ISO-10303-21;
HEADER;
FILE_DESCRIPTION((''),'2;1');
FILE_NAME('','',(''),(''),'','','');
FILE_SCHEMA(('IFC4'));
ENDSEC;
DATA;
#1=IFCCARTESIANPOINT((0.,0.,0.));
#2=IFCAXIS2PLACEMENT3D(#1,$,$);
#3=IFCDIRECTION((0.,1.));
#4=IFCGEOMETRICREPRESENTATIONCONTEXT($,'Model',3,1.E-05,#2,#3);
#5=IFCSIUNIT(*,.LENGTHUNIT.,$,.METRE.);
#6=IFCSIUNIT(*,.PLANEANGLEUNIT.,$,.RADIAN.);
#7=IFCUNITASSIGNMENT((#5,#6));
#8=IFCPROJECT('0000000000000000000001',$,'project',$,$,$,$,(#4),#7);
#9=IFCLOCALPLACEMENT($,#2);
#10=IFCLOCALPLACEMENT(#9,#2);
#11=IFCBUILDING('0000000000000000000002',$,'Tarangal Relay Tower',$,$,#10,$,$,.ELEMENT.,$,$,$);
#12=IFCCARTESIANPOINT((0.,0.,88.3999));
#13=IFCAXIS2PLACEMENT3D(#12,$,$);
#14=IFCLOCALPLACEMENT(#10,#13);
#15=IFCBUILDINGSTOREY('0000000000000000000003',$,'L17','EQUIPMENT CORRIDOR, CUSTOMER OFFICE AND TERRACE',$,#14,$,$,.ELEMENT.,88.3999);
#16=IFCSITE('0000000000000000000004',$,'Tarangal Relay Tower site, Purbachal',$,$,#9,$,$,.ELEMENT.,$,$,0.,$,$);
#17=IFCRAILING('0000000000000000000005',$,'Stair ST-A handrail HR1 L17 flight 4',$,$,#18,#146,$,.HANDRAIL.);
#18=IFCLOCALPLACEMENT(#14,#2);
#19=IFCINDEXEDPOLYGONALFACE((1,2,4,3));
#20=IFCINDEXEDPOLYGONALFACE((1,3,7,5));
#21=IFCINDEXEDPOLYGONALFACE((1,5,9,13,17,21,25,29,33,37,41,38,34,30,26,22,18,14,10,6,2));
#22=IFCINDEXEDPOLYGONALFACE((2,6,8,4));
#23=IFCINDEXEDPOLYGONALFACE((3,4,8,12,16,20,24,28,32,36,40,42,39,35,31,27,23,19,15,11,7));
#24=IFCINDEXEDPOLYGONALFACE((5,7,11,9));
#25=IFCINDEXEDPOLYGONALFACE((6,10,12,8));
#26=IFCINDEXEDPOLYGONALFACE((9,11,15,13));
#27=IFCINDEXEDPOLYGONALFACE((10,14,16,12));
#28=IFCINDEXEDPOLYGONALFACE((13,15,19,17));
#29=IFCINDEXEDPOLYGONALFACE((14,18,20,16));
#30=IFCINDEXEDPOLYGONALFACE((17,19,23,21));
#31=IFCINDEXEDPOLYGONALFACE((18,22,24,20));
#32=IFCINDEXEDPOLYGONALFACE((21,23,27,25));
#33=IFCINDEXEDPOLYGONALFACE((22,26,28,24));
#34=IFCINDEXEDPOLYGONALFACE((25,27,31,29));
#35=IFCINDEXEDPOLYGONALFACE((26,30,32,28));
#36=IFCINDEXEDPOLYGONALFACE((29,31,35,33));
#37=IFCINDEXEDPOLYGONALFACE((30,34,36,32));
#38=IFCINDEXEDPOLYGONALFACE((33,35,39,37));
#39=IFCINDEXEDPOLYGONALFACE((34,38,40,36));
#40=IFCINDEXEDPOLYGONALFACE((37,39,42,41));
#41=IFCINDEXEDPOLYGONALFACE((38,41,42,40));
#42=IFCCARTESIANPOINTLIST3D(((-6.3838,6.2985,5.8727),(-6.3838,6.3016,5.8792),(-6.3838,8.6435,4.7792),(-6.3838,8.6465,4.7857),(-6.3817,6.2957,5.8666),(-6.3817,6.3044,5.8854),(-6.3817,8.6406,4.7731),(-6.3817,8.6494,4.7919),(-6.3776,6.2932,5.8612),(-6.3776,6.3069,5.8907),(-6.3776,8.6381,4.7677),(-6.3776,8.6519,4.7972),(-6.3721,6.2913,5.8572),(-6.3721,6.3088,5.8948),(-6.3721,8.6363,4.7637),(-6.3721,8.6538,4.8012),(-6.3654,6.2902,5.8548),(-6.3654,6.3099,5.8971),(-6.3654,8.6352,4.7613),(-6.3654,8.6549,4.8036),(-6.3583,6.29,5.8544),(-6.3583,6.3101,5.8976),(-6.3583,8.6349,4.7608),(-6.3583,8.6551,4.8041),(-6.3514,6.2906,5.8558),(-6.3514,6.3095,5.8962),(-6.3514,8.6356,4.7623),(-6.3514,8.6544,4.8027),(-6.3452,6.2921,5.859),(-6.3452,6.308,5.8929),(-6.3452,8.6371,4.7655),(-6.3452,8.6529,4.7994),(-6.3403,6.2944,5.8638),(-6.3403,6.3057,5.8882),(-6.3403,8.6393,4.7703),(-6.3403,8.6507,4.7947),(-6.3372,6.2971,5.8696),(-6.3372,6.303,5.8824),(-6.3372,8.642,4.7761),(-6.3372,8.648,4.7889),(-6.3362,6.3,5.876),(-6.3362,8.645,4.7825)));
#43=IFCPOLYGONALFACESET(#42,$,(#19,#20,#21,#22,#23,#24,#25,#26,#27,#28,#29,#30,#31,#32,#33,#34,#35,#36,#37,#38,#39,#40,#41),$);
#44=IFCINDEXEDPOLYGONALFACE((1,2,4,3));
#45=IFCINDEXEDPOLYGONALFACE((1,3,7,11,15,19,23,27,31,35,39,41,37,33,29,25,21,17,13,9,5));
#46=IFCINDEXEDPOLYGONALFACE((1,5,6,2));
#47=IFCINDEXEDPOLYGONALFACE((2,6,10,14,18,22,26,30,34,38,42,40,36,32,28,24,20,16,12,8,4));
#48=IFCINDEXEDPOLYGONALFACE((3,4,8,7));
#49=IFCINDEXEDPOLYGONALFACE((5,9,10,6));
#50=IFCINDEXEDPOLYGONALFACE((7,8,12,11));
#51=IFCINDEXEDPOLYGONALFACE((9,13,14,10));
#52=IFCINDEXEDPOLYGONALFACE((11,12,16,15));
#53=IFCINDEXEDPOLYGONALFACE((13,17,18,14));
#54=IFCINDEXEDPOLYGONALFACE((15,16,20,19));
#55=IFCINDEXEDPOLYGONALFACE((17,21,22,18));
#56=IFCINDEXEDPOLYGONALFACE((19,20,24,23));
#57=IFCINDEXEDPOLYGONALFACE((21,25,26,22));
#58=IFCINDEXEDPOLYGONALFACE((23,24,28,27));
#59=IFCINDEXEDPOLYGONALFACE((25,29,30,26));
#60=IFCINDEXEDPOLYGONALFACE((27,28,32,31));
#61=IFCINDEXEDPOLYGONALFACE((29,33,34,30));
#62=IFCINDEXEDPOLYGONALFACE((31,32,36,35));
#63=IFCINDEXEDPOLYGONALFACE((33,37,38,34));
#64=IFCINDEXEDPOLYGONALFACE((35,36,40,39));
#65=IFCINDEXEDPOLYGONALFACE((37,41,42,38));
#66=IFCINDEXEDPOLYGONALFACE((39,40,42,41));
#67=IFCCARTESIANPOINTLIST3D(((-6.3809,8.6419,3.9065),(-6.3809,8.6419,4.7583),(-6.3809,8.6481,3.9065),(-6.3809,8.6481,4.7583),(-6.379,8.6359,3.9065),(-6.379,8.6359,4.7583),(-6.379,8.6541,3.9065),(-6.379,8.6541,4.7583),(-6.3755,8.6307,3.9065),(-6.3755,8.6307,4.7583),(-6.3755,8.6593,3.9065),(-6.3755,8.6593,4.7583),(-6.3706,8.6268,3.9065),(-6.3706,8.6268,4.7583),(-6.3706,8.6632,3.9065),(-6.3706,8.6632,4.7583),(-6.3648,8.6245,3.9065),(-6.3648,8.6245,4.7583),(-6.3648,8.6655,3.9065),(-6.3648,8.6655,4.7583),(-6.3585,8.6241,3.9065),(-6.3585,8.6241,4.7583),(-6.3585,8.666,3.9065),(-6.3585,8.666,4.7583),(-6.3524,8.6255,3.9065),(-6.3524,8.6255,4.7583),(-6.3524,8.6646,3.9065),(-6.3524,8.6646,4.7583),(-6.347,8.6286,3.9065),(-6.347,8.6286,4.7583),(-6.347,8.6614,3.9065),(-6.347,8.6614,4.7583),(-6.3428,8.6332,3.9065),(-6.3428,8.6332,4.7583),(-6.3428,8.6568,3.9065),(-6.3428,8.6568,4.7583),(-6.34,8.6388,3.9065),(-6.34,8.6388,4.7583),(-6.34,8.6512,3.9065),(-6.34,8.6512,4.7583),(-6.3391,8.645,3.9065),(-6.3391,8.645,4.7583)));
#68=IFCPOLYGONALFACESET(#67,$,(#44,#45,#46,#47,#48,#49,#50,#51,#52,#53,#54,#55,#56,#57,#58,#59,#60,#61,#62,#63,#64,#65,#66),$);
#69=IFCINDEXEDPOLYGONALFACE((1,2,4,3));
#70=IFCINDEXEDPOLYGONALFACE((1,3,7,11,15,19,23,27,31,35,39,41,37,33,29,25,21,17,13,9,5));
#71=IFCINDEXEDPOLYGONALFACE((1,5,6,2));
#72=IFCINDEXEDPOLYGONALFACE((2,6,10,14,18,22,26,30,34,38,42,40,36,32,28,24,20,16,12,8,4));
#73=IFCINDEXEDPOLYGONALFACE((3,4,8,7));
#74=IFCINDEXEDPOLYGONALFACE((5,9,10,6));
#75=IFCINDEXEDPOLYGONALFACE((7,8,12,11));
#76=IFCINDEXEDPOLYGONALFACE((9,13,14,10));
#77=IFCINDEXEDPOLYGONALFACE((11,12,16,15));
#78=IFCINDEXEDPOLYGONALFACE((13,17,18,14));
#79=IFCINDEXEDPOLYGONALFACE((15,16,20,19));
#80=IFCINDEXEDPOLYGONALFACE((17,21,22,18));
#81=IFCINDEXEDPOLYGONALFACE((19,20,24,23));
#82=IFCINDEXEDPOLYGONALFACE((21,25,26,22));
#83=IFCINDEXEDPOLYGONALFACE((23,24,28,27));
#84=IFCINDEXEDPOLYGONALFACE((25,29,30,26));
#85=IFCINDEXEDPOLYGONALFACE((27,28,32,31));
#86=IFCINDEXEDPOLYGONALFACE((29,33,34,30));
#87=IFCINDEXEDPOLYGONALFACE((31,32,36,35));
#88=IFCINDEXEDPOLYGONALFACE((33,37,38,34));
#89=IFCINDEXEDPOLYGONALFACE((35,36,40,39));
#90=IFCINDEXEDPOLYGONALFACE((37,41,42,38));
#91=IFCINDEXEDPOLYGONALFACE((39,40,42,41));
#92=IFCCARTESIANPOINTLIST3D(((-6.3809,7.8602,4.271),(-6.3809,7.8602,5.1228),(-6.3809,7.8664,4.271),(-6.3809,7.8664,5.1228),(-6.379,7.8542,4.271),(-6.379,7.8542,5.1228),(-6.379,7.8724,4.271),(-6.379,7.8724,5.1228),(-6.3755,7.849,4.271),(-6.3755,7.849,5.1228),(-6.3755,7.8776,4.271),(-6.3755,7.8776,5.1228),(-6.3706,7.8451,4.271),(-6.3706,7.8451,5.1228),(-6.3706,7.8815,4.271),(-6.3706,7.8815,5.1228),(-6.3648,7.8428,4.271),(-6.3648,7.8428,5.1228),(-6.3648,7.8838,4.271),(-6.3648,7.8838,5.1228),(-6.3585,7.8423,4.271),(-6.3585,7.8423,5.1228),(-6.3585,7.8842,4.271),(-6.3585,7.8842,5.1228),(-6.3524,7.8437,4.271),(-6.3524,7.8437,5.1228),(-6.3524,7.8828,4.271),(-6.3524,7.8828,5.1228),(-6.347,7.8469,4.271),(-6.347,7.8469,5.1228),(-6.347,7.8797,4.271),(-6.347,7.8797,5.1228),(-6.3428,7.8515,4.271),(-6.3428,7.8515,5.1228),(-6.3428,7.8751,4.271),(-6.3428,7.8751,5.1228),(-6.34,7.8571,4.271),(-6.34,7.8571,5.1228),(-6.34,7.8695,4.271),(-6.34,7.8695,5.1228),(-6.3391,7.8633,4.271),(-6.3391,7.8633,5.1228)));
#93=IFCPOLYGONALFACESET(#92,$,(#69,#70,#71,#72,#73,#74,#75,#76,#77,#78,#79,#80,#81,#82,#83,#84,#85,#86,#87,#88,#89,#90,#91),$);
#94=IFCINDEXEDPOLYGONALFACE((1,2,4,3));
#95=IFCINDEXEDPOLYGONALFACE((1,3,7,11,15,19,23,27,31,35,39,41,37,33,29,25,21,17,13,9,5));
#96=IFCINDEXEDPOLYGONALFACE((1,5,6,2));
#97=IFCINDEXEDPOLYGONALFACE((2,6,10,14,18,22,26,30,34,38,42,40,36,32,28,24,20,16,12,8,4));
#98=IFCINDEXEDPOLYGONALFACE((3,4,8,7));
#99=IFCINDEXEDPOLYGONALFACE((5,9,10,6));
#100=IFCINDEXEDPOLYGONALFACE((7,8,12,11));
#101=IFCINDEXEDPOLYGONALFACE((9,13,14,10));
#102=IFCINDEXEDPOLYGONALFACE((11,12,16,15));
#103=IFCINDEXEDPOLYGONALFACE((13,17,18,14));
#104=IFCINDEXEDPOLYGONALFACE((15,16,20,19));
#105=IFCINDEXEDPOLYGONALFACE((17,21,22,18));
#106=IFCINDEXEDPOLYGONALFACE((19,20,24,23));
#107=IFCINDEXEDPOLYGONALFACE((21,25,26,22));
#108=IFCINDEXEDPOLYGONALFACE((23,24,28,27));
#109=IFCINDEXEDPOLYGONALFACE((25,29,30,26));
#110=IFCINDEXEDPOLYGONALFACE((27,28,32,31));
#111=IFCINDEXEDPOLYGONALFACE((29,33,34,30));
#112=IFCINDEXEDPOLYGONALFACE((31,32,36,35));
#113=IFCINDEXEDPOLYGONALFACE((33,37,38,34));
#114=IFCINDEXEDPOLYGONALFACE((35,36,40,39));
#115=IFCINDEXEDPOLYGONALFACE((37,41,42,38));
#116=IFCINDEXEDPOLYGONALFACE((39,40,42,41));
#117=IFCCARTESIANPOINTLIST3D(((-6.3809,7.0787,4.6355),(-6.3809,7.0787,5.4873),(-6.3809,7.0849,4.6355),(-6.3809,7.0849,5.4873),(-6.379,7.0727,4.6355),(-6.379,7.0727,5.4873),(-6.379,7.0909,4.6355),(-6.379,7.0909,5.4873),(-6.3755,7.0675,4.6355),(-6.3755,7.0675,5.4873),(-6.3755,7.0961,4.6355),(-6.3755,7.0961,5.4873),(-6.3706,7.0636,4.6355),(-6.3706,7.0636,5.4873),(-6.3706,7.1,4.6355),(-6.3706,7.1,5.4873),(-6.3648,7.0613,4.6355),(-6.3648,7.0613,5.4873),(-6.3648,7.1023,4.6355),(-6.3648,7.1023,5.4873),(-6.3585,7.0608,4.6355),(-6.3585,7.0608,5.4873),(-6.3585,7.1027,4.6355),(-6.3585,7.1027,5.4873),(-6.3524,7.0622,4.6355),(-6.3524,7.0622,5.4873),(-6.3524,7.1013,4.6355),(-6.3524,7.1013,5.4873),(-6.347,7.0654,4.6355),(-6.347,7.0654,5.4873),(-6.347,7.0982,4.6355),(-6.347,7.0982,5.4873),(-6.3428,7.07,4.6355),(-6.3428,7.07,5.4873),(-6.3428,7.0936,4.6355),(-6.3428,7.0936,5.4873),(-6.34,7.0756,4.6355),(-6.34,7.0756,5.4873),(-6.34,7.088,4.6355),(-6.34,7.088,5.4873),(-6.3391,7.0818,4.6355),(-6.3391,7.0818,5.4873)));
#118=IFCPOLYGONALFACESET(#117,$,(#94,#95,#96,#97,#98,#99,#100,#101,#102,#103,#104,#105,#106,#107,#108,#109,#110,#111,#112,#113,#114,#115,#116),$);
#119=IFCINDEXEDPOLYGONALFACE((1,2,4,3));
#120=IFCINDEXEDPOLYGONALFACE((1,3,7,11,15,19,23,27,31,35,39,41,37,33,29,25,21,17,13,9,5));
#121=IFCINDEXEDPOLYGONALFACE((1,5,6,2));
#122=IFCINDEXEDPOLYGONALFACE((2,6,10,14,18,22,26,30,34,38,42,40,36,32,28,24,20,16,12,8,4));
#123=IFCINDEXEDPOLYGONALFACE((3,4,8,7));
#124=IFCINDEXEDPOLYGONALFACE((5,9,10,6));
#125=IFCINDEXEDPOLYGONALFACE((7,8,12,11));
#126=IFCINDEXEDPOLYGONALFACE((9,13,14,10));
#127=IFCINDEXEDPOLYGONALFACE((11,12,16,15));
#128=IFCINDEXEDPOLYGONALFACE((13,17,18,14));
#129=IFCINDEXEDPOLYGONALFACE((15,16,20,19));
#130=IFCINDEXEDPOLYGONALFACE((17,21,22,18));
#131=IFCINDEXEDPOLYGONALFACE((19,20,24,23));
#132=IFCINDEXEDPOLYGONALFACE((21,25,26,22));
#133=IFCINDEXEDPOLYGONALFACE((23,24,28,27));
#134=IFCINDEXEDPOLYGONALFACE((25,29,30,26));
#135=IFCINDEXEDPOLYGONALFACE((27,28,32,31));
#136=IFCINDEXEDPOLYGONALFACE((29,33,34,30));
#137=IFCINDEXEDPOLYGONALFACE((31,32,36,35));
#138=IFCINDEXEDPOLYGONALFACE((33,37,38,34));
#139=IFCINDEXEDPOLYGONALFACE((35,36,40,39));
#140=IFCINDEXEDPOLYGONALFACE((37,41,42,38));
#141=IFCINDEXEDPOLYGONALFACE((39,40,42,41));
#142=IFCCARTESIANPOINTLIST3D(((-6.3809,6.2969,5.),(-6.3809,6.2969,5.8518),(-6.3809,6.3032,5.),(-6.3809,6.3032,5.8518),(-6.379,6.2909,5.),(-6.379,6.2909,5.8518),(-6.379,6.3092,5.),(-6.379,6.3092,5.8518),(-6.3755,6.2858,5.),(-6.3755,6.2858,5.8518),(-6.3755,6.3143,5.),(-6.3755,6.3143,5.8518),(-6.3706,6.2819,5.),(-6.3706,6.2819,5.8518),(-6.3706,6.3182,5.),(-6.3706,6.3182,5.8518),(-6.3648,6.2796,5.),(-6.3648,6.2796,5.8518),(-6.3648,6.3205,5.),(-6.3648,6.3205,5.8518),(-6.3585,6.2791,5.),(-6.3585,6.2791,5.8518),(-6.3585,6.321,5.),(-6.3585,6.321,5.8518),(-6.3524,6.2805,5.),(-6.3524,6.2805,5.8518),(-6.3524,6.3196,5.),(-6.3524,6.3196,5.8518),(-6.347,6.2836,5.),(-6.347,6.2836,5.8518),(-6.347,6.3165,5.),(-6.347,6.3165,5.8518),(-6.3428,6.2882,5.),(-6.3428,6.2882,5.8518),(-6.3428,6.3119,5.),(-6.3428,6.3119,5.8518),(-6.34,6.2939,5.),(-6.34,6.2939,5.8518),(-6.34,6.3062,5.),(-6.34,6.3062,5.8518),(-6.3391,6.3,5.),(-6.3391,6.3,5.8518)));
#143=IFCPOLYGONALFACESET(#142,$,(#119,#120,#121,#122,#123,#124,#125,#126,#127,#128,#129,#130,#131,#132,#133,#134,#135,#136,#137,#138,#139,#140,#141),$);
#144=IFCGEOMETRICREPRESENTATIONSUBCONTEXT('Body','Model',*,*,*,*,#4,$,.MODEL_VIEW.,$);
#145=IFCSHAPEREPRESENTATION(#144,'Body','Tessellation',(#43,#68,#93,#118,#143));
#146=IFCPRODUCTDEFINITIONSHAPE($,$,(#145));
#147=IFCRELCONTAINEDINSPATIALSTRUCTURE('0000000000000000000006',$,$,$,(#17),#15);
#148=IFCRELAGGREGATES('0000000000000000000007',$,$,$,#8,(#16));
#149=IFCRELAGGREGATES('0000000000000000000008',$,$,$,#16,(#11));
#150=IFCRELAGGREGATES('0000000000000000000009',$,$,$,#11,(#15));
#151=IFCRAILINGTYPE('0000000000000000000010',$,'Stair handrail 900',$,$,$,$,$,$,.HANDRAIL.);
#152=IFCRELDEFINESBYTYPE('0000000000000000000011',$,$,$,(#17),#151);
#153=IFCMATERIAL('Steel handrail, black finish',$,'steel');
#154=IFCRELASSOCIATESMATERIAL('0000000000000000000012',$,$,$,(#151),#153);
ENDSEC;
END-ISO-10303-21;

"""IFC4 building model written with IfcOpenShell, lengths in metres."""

from ifc_helpers import new_model, si_unit, direction, frame, origin, origin_2d, place, context, subcontext, project, spatial, circle, extrude, material, type_object, element, save


model = new_model("IFC4")

# Units and contexts
model_context = context("Model", 3, precision=1e-05, world=origin(), true_north=direction((0.0, 1.0)))
body_context = subcontext(model_context, "Body", "Model", "MODEL_VIEW")
ifc_project = project(units=[si_unit("LENGTHUNIT", "METRE"), si_unit("PLANEANGLEUNIT", "RADIAN")], contexts=[model_context])

# Site, building, storey
site_placement = place(None, origin())
site = spatial("IfcSite", under=ifc_project, at=site_placement, Name="Tarangal Relay Tower site, Purbachal", CompositionType="ELEMENT", RefElevation=0.0)
building_placement = place(site_placement, origin())
building = spatial("IfcBuilding", under=site, at=building_placement, Name="Tarangal Relay Tower", CompositionType="ELEMENT")
storey_placement = place(building_placement, frame((0.0, 0.0, 88.3999)))
storey = spatial("IfcBuildingStorey", under=building, at=storey_placement, Name="L17", Description="EQUIPMENT CORRIDOR, CUSTOMER OFFICE AND TERRACE", CompositionType="ELEMENT", Elevation=88.3999)

# Railing
ifc_material_1 = material(Name="Steel handrail, black finish", Category="steel")
railing_type_1 = type_object("IfcRailingType", Name="Stair handrail 900", PredefinedType="HANDRAIL", material=ifc_material_1)
for number, where, name in (
    (1, (-6.3601, 8.645, 3.9065), "Stair ST-A handrail HR1 L17 flight 4"),
):
    element("IfcRailing", number, at=place(storey_placement, frame(where)), inside=storey, type_object=railing_type_1, Name=name, PredefinedType="HANDRAIL", context=body_context, shape_type="SweptSolid", body=[
        extrude(circle(Radius=0.0239, at=origin_2d()), frame((0.0, 0.0, 0.876), z_axis=(0.0, -0.906304, 0.422627), x_axis=(1.0, 0.0, 0.0)), (0.0, 0.0, 1.0), 2.5874),
        extrude(circle(Radius=0.021, at=origin_2d()), origin(), (0.0, 0.0, 1.0), 0.8518),
        extrude(circle(Radius=0.021, at=origin_2d()), frame((0.0, -0.7817, 0.3645)), (0.0, 0.0, 1.0), 0.8518),
        extrude(circle(Radius=0.021, at=origin_2d()), frame((0.0, -1.5632, 0.729)), (0.0, 0.0, 1.0), 0.8518),
        extrude(circle(Radius=0.021, at=origin_2d()), frame((0.0, -2.345, 1.0935)), (0.0, 0.0, 1.0), 0.8518),
    ])

save(model, "model.ifc")
